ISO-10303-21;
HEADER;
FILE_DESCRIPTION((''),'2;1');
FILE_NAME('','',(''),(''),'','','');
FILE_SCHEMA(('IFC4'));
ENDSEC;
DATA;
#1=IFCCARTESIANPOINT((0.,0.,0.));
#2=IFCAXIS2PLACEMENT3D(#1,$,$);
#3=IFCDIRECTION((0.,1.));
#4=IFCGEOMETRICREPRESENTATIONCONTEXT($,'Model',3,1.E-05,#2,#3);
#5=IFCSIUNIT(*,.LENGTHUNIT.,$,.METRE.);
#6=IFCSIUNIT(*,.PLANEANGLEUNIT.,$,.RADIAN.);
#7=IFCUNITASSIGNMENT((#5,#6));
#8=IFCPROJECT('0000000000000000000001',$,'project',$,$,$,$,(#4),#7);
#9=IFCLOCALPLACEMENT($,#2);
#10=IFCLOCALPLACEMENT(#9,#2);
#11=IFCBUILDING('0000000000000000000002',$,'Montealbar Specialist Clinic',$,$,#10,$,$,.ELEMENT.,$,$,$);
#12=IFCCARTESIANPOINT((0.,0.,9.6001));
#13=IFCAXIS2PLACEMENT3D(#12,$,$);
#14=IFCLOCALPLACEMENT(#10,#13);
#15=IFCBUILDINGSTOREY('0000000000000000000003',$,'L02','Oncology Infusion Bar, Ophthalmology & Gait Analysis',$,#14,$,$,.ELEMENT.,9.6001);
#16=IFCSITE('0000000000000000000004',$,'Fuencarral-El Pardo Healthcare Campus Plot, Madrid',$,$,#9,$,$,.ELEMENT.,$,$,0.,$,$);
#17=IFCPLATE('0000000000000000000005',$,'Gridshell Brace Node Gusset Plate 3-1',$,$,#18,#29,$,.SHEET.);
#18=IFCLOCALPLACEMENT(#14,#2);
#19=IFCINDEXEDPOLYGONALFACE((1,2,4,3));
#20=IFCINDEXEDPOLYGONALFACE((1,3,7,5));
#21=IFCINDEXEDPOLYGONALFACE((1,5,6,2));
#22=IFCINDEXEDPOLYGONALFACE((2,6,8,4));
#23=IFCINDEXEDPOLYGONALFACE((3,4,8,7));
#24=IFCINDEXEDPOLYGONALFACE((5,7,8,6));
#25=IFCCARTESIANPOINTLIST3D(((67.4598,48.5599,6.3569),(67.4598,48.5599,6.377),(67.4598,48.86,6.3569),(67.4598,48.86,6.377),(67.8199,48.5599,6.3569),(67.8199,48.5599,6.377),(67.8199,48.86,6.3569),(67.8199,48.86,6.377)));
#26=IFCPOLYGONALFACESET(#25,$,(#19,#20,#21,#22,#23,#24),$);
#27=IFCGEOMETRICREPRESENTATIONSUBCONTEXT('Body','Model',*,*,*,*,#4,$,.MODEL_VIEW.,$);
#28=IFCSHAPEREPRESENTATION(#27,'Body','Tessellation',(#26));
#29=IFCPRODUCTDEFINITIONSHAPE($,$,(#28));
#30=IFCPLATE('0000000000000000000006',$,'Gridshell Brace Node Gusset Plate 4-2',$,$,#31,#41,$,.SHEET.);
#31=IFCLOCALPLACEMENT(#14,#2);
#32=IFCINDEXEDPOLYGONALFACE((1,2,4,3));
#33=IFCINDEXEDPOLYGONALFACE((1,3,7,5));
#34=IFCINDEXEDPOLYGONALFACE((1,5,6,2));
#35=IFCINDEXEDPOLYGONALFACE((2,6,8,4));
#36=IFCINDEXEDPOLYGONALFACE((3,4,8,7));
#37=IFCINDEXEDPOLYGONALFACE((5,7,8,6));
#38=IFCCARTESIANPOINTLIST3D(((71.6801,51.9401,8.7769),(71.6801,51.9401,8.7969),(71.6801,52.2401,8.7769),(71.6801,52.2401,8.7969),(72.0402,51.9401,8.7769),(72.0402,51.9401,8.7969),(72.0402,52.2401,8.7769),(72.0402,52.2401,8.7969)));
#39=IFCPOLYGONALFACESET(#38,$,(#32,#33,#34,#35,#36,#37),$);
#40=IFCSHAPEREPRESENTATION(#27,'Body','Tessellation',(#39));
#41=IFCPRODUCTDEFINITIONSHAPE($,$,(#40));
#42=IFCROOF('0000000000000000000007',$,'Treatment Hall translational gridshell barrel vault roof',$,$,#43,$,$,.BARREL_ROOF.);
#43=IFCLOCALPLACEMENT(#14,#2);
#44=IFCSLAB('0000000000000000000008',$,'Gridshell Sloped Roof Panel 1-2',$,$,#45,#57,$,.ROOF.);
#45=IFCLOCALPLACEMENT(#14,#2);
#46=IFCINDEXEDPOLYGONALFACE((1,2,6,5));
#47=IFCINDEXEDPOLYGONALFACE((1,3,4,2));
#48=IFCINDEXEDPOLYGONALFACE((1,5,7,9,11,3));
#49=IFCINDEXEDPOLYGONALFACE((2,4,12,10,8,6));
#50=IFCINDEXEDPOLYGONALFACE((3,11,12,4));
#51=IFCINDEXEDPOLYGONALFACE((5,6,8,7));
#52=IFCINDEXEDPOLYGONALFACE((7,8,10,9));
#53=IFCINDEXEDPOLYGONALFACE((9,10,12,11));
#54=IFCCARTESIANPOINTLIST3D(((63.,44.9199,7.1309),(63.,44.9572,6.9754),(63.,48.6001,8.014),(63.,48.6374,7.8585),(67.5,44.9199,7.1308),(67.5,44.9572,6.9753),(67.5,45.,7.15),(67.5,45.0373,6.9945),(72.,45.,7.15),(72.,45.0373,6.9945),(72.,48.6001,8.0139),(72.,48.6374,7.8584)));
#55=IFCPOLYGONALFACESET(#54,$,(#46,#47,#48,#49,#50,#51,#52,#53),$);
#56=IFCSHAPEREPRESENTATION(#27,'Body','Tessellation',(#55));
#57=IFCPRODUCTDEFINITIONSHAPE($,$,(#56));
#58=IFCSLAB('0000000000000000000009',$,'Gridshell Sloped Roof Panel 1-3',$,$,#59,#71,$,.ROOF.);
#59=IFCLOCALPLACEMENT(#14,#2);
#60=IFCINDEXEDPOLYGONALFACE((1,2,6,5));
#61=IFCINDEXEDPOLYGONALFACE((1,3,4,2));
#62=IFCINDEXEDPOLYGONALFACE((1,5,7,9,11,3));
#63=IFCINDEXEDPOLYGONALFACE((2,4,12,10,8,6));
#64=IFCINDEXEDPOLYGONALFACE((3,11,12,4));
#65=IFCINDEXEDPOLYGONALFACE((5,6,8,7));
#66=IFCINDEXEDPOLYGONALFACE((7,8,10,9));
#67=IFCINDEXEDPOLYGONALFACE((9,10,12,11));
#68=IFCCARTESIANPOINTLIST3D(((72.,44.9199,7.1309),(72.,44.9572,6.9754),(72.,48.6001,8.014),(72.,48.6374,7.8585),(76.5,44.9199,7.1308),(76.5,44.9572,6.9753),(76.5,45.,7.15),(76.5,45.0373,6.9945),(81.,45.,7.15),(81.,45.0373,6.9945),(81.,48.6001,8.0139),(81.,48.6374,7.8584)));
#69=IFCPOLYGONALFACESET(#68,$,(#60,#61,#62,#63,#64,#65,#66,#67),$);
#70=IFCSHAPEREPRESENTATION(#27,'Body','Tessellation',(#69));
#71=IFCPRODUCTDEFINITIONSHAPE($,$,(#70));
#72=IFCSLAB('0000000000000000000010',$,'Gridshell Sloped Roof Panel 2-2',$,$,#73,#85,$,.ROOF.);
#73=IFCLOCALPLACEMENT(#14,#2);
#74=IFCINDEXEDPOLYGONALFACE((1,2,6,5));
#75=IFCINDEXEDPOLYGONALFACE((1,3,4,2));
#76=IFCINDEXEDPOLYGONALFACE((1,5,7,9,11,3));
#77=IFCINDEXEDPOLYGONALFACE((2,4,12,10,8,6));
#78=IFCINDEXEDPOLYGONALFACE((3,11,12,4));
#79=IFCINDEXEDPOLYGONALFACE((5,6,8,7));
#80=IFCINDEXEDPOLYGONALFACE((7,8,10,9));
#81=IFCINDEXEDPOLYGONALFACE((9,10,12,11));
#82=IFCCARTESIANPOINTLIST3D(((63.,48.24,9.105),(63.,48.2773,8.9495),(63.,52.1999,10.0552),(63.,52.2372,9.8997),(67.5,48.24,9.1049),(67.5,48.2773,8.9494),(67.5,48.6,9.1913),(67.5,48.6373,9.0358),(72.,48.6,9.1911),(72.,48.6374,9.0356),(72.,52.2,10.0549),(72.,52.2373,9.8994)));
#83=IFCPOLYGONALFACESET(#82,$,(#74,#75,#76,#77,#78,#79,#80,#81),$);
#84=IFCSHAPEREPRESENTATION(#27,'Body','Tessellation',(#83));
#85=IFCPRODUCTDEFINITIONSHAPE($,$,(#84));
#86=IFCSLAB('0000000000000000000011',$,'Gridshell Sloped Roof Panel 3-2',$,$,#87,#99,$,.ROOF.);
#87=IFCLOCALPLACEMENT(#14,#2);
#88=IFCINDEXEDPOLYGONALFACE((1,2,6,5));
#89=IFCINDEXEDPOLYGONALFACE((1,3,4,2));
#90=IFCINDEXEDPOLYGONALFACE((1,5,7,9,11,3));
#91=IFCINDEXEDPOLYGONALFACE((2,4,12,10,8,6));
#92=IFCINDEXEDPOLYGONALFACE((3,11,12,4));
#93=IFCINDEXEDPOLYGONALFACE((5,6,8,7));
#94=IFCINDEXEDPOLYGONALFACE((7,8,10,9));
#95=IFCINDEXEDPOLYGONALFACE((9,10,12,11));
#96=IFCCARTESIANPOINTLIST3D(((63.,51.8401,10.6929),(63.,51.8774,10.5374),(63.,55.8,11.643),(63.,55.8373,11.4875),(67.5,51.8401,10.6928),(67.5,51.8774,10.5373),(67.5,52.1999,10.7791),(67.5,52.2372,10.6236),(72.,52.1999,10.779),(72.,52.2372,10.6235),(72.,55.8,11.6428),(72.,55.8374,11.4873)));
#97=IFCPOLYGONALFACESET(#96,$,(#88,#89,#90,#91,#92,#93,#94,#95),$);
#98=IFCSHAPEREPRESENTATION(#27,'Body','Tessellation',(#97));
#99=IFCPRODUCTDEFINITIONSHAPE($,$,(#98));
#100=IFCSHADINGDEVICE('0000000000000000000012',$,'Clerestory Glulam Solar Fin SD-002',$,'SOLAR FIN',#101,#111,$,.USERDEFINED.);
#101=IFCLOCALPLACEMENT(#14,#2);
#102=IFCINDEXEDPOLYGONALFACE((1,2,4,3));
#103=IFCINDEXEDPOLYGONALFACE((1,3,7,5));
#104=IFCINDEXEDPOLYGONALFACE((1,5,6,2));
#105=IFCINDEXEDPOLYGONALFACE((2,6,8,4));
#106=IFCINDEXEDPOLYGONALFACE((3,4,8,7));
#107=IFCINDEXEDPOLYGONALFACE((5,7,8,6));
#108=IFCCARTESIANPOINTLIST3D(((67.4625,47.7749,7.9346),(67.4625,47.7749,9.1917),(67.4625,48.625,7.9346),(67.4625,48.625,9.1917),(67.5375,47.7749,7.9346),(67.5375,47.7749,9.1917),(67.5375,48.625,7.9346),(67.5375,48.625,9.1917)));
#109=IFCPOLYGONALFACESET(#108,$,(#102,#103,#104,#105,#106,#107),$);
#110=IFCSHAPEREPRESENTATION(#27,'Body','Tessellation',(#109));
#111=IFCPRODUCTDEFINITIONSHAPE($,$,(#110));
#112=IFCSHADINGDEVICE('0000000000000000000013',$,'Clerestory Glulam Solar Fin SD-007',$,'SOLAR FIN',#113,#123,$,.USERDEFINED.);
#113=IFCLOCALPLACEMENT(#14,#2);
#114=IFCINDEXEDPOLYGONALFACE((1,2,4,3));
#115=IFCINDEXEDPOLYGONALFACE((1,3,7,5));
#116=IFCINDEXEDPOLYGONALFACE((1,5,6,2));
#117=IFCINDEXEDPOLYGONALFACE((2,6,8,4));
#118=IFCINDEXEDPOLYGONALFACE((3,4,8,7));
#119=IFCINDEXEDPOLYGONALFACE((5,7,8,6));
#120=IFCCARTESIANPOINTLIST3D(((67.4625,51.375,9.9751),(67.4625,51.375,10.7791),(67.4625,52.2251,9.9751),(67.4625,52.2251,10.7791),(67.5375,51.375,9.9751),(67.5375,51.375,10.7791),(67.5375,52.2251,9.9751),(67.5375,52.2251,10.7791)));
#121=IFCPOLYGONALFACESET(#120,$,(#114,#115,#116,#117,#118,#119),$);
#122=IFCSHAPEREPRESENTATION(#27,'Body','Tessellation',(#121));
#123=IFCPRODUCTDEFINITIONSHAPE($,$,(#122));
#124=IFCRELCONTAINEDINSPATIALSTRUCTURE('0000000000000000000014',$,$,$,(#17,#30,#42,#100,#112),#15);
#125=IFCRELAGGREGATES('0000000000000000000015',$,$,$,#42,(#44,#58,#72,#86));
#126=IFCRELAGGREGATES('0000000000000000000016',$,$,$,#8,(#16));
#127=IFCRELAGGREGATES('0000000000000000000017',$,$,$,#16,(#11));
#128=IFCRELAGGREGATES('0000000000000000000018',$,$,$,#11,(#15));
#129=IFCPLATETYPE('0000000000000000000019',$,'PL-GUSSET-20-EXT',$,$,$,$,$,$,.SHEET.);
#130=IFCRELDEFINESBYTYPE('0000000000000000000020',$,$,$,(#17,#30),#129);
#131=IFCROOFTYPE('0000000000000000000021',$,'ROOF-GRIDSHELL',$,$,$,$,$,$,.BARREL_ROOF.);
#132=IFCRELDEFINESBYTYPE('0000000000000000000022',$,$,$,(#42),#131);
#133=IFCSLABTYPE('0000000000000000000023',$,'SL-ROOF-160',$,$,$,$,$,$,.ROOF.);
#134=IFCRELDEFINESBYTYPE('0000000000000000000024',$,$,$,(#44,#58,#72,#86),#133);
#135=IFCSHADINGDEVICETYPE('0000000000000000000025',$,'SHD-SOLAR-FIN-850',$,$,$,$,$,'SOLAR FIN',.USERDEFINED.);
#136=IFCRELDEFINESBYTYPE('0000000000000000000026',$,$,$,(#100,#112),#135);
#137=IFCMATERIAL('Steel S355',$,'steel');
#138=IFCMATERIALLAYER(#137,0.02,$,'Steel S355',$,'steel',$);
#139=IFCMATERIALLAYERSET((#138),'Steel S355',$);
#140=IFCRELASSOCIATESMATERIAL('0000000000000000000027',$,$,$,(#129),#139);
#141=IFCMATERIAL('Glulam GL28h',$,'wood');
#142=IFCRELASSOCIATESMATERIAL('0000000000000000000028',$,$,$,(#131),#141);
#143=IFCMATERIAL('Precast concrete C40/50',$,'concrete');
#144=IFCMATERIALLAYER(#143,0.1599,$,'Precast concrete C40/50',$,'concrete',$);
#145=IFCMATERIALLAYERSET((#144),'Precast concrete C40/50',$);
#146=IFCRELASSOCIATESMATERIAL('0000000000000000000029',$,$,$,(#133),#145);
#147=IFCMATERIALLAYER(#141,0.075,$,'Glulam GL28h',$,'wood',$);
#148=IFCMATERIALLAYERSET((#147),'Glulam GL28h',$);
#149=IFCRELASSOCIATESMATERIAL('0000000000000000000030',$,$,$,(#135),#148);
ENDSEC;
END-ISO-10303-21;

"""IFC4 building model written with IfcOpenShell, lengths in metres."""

from ifc_helpers import new_model, si_unit, direction, frame, origin, origin_2d, place, context, subcontext, project, spatial, polyline, rectangle, outline, extrude, material, layer, layer_set, type_object, element, aggregate, save


model = new_model("IFC4")

# Units and contexts
model_context = context("Model", 3, precision=1e-05, world=origin(), true_north=direction((0.0, 1.0)))
body_context = subcontext(model_context, "Body", "Model", "MODEL_VIEW")
ifc_project = project(units=[si_unit("LENGTHUNIT", "METRE"), si_unit("PLANEANGLEUNIT", "RADIAN")], contexts=[model_context])

# Site, building, storey
site_placement = place(None, origin())
site = spatial("IfcSite", under=ifc_project, at=site_placement, Name="Fuencarral-El Pardo Healthcare Campus Plot, Madrid", CompositionType="ELEMENT", RefElevation=0.0)
building_placement = place(site_placement, origin())
building = spatial("IfcBuilding", under=site, at=building_placement, Name="Montealbar Specialist Clinic", CompositionType="ELEMENT")
storey_placement = place(building_placement, frame((0.0, 0.0, 9.6001)))
storey = spatial("IfcBuildingStorey", under=building, at=storey_placement, Name="L02", Description="Oncology Infusion Bar, Ophthalmology & Gait Analysis", CompositionType="ELEMENT", Elevation=9.6001)

# Shared definitions
ifc_material_1 = material(Name="Steel S355", Category="steel")
ifc_material_2 = material(Name="Glulam GL28h", Category="wood")

# Plates
ifc_layer_1 = layer(ifc_material_1, 0.02, Name="Steel S355", Category="steel")
ifc_layer_set_1 = layer_set([ifc_layer_1], Name="Steel S355")
plate_type_1 = type_object("IfcPlateType", Name="PL-GUSSET-20-EXT", PredefinedType="SHEET", material=ifc_layer_set_1)
for number, where, z_axis, x_axis, name in (
    (1, (67.6399, 48.71, 6.3569), (0.0, 0.0, 1.0), (1.0, 0.0, 0.0), "Gridshell Brace Node Gusset Plate 3-1"),
    (2, (71.8601, 52.0901, 8.7769), (0.0, 0.0, 1.0), (1.0, 0.0, 0.0), "Gridshell Brace Node Gusset Plate 4-2"),
):
    element("IfcPlate", number, at=place(storey_placement, frame(where, z_axis=z_axis, x_axis=x_axis)), inside=storey, type_object=plate_type_1, Name=name, PredefinedType="SHEET", context=body_context, shape_type="SweptSolid", body=[
        extrude(rectangle(XDim=0.3601, YDim=0.3, at=origin_2d()), origin(), (0.0, 0.0, 1.0), 0.02),
    ])

# Roof, slabs
roof_type = type_object("IfcRoofType", Name="ROOF-GRIDSHELL", PredefinedType="BARREL_ROOF", material=ifc_material_2)
roof_placement = place(storey_placement, origin())
roof = element("IfcRoof", 3, at=roof_placement, inside=storey, type_object=roof_type, Name="Treatment Hall translational gridshell barrel vault roof", PredefinedType="BARREL_ROOF")
ifc_material_3 = material(Name="Precast concrete C40/50", Category="concrete")
ifc_layer_2 = layer(ifc_material_3, 0.1599, Name="Precast concrete C40/50", Category="concrete")
ifc_layer_set_2 = layer_set([ifc_layer_2], Name="Precast concrete C40/50")
slab_type = type_object("IfcSlabType", Name="SL-ROOF-160", PredefinedType="ROOF", material=ifc_layer_set_2)
slab_1_placement = place(storey_placement, frame((63.0, 44.9199, 7.1309), z_axis=(0.000009, -0.233348, 0.972393), x_axis=(1.0, 0.000002, -0.000009)))
slab_1 = element("IfcSlab", 4, at=slab_1_placement, type_object=slab_type, Name="Gridshell Sloped Roof Panel 1-2", PredefinedType="ROOF", context=body_context, shape_type="SweptSolid", body=[
    extrude(outline(polyline([(0.0, 0.0), (4.5, 0.0), (4.5, 0.0823), (9.0, 0.0823), (9.0, 3.7846), (0.0, 3.7846), (0.0, 0.0)])), origin(), (0.0, 0.0, -1.0), 0.1599),
])
slab_2_placement = place(storey_placement, frame((72.0, 44.9199, 7.1309), z_axis=(0.000009, -0.233348, 0.972393), x_axis=(1.0, 0.000002, -0.000009)))
slab_2 = element("IfcSlab", 5, at=slab_2_placement, type_object=slab_type, Name="Gridshell Sloped Roof Panel 1-3", PredefinedType="ROOF", context=body_context, shape_type="SweptSolid", body=[
    extrude(outline(polyline([(0.0, 0.0), (4.5, 0.0), (4.5, 0.0823), (9.0, 0.0823), (9.0, 3.7846), (0.0, 3.7846), (0.0, 0.0)])), origin(), (0.0, 0.0, -1.0), 0.1599),
])
slab_3_placement = place(storey_placement, frame((63.0, 48.24, 9.105), z_axis=(0.000025, -0.233325, 0.972399), x_axis=(1.0, 0.000006, -0.000025)))
slab_3 = element("IfcSlab", 6, at=slab_3_placement, type_object=slab_type, Name="Gridshell Sloped Roof Panel 2-2", PredefinedType="ROOF", context=body_context, shape_type="SweptSolid", body=[
    extrude(outline(polyline([(0.0, 0.0), (4.5, 0.0), (4.5, 0.3702), (9.0, 0.3702), (9.0, 4.0723), (0.0, 4.0723), (0.0, 0.0)])), origin(), (0.0, 0.0, -1.0), 0.1599),
])
slab_4_placement = place(storey_placement, frame((63.0, 51.8401, 10.6929), z_axis=(0.000022, -0.233318, 0.9724), x_axis=(1.0, 0.000005, -0.000021)))
slab_4 = element("IfcSlab", 7, at=slab_4_placement, type_object=slab_type, Name="Gridshell Sloped Roof Panel 3-2", PredefinedType="ROOF", context=body_context, shape_type="SweptSolid", body=[
    extrude(outline(polyline([(0.0, 0.0), (4.5, 0.0), (4.5, 0.37), (9.0, 0.37), (9.0, 4.0723), (0.0, 4.0723), (0.0, 0.0)])), origin(), (0.0, 0.0, -1.0), 0.1599),
])
aggregate(roof, [slab_1, slab_2, slab_3, slab_4])

# Shading devices
ifc_layer_3 = layer(ifc_material_2, 0.075, Name="Glulam GL28h", Category="wood")
ifc_layer_set_3 = layer_set([ifc_layer_3], Name="Glulam GL28h")
shading_device_type = type_object("IfcShadingDeviceType", Name="SHD-SOLAR-FIN-850", ElementType="SOLAR FIN", PredefinedType="USERDEFINED", material=ifc_layer_set_3)
shading_device_1_placement = place(storey_placement, frame((67.5, 48.2, 7.9346), z_axis=(0.0, 0.0, 1.0), x_axis=(0.0, -1.0, 0.0)))
element("IfcShadingDevice", 8, at=shading_device_1_placement, inside=storey, type_object=shading_device_type, Name="Clerestory Glulam Solar Fin SD-002", ObjectType="SOLAR FIN", PredefinedType="USERDEFINED", context=body_context, shape_type="SweptSolid", body=[
    extrude(rectangle(XDim=0.8501, YDim=0.075, at=origin_2d()), origin(), (0.0, 0.0, 1.0), 1.2571),
])
shading_device_2_placement = place(storey_placement, frame((67.5, 51.8, 9.9751), z_axis=(0.0, 0.0, 1.0), x_axis=(0.0, -1.0, 0.0)))
element("IfcShadingDevice", 9, at=shading_device_2_placement, inside=storey, type_object=shading_device_type, Name="Clerestory Glulam Solar Fin SD-007", ObjectType="SOLAR FIN", PredefinedType="USERDEFINED", context=body_context, shape_type="SweptSolid", body=[
    extrude(rectangle(XDim=0.8501, YDim=0.075, at=origin_2d()), origin(), (0.0, 0.0, 1.0), 0.804),
])

save(model, "model.ifc")
